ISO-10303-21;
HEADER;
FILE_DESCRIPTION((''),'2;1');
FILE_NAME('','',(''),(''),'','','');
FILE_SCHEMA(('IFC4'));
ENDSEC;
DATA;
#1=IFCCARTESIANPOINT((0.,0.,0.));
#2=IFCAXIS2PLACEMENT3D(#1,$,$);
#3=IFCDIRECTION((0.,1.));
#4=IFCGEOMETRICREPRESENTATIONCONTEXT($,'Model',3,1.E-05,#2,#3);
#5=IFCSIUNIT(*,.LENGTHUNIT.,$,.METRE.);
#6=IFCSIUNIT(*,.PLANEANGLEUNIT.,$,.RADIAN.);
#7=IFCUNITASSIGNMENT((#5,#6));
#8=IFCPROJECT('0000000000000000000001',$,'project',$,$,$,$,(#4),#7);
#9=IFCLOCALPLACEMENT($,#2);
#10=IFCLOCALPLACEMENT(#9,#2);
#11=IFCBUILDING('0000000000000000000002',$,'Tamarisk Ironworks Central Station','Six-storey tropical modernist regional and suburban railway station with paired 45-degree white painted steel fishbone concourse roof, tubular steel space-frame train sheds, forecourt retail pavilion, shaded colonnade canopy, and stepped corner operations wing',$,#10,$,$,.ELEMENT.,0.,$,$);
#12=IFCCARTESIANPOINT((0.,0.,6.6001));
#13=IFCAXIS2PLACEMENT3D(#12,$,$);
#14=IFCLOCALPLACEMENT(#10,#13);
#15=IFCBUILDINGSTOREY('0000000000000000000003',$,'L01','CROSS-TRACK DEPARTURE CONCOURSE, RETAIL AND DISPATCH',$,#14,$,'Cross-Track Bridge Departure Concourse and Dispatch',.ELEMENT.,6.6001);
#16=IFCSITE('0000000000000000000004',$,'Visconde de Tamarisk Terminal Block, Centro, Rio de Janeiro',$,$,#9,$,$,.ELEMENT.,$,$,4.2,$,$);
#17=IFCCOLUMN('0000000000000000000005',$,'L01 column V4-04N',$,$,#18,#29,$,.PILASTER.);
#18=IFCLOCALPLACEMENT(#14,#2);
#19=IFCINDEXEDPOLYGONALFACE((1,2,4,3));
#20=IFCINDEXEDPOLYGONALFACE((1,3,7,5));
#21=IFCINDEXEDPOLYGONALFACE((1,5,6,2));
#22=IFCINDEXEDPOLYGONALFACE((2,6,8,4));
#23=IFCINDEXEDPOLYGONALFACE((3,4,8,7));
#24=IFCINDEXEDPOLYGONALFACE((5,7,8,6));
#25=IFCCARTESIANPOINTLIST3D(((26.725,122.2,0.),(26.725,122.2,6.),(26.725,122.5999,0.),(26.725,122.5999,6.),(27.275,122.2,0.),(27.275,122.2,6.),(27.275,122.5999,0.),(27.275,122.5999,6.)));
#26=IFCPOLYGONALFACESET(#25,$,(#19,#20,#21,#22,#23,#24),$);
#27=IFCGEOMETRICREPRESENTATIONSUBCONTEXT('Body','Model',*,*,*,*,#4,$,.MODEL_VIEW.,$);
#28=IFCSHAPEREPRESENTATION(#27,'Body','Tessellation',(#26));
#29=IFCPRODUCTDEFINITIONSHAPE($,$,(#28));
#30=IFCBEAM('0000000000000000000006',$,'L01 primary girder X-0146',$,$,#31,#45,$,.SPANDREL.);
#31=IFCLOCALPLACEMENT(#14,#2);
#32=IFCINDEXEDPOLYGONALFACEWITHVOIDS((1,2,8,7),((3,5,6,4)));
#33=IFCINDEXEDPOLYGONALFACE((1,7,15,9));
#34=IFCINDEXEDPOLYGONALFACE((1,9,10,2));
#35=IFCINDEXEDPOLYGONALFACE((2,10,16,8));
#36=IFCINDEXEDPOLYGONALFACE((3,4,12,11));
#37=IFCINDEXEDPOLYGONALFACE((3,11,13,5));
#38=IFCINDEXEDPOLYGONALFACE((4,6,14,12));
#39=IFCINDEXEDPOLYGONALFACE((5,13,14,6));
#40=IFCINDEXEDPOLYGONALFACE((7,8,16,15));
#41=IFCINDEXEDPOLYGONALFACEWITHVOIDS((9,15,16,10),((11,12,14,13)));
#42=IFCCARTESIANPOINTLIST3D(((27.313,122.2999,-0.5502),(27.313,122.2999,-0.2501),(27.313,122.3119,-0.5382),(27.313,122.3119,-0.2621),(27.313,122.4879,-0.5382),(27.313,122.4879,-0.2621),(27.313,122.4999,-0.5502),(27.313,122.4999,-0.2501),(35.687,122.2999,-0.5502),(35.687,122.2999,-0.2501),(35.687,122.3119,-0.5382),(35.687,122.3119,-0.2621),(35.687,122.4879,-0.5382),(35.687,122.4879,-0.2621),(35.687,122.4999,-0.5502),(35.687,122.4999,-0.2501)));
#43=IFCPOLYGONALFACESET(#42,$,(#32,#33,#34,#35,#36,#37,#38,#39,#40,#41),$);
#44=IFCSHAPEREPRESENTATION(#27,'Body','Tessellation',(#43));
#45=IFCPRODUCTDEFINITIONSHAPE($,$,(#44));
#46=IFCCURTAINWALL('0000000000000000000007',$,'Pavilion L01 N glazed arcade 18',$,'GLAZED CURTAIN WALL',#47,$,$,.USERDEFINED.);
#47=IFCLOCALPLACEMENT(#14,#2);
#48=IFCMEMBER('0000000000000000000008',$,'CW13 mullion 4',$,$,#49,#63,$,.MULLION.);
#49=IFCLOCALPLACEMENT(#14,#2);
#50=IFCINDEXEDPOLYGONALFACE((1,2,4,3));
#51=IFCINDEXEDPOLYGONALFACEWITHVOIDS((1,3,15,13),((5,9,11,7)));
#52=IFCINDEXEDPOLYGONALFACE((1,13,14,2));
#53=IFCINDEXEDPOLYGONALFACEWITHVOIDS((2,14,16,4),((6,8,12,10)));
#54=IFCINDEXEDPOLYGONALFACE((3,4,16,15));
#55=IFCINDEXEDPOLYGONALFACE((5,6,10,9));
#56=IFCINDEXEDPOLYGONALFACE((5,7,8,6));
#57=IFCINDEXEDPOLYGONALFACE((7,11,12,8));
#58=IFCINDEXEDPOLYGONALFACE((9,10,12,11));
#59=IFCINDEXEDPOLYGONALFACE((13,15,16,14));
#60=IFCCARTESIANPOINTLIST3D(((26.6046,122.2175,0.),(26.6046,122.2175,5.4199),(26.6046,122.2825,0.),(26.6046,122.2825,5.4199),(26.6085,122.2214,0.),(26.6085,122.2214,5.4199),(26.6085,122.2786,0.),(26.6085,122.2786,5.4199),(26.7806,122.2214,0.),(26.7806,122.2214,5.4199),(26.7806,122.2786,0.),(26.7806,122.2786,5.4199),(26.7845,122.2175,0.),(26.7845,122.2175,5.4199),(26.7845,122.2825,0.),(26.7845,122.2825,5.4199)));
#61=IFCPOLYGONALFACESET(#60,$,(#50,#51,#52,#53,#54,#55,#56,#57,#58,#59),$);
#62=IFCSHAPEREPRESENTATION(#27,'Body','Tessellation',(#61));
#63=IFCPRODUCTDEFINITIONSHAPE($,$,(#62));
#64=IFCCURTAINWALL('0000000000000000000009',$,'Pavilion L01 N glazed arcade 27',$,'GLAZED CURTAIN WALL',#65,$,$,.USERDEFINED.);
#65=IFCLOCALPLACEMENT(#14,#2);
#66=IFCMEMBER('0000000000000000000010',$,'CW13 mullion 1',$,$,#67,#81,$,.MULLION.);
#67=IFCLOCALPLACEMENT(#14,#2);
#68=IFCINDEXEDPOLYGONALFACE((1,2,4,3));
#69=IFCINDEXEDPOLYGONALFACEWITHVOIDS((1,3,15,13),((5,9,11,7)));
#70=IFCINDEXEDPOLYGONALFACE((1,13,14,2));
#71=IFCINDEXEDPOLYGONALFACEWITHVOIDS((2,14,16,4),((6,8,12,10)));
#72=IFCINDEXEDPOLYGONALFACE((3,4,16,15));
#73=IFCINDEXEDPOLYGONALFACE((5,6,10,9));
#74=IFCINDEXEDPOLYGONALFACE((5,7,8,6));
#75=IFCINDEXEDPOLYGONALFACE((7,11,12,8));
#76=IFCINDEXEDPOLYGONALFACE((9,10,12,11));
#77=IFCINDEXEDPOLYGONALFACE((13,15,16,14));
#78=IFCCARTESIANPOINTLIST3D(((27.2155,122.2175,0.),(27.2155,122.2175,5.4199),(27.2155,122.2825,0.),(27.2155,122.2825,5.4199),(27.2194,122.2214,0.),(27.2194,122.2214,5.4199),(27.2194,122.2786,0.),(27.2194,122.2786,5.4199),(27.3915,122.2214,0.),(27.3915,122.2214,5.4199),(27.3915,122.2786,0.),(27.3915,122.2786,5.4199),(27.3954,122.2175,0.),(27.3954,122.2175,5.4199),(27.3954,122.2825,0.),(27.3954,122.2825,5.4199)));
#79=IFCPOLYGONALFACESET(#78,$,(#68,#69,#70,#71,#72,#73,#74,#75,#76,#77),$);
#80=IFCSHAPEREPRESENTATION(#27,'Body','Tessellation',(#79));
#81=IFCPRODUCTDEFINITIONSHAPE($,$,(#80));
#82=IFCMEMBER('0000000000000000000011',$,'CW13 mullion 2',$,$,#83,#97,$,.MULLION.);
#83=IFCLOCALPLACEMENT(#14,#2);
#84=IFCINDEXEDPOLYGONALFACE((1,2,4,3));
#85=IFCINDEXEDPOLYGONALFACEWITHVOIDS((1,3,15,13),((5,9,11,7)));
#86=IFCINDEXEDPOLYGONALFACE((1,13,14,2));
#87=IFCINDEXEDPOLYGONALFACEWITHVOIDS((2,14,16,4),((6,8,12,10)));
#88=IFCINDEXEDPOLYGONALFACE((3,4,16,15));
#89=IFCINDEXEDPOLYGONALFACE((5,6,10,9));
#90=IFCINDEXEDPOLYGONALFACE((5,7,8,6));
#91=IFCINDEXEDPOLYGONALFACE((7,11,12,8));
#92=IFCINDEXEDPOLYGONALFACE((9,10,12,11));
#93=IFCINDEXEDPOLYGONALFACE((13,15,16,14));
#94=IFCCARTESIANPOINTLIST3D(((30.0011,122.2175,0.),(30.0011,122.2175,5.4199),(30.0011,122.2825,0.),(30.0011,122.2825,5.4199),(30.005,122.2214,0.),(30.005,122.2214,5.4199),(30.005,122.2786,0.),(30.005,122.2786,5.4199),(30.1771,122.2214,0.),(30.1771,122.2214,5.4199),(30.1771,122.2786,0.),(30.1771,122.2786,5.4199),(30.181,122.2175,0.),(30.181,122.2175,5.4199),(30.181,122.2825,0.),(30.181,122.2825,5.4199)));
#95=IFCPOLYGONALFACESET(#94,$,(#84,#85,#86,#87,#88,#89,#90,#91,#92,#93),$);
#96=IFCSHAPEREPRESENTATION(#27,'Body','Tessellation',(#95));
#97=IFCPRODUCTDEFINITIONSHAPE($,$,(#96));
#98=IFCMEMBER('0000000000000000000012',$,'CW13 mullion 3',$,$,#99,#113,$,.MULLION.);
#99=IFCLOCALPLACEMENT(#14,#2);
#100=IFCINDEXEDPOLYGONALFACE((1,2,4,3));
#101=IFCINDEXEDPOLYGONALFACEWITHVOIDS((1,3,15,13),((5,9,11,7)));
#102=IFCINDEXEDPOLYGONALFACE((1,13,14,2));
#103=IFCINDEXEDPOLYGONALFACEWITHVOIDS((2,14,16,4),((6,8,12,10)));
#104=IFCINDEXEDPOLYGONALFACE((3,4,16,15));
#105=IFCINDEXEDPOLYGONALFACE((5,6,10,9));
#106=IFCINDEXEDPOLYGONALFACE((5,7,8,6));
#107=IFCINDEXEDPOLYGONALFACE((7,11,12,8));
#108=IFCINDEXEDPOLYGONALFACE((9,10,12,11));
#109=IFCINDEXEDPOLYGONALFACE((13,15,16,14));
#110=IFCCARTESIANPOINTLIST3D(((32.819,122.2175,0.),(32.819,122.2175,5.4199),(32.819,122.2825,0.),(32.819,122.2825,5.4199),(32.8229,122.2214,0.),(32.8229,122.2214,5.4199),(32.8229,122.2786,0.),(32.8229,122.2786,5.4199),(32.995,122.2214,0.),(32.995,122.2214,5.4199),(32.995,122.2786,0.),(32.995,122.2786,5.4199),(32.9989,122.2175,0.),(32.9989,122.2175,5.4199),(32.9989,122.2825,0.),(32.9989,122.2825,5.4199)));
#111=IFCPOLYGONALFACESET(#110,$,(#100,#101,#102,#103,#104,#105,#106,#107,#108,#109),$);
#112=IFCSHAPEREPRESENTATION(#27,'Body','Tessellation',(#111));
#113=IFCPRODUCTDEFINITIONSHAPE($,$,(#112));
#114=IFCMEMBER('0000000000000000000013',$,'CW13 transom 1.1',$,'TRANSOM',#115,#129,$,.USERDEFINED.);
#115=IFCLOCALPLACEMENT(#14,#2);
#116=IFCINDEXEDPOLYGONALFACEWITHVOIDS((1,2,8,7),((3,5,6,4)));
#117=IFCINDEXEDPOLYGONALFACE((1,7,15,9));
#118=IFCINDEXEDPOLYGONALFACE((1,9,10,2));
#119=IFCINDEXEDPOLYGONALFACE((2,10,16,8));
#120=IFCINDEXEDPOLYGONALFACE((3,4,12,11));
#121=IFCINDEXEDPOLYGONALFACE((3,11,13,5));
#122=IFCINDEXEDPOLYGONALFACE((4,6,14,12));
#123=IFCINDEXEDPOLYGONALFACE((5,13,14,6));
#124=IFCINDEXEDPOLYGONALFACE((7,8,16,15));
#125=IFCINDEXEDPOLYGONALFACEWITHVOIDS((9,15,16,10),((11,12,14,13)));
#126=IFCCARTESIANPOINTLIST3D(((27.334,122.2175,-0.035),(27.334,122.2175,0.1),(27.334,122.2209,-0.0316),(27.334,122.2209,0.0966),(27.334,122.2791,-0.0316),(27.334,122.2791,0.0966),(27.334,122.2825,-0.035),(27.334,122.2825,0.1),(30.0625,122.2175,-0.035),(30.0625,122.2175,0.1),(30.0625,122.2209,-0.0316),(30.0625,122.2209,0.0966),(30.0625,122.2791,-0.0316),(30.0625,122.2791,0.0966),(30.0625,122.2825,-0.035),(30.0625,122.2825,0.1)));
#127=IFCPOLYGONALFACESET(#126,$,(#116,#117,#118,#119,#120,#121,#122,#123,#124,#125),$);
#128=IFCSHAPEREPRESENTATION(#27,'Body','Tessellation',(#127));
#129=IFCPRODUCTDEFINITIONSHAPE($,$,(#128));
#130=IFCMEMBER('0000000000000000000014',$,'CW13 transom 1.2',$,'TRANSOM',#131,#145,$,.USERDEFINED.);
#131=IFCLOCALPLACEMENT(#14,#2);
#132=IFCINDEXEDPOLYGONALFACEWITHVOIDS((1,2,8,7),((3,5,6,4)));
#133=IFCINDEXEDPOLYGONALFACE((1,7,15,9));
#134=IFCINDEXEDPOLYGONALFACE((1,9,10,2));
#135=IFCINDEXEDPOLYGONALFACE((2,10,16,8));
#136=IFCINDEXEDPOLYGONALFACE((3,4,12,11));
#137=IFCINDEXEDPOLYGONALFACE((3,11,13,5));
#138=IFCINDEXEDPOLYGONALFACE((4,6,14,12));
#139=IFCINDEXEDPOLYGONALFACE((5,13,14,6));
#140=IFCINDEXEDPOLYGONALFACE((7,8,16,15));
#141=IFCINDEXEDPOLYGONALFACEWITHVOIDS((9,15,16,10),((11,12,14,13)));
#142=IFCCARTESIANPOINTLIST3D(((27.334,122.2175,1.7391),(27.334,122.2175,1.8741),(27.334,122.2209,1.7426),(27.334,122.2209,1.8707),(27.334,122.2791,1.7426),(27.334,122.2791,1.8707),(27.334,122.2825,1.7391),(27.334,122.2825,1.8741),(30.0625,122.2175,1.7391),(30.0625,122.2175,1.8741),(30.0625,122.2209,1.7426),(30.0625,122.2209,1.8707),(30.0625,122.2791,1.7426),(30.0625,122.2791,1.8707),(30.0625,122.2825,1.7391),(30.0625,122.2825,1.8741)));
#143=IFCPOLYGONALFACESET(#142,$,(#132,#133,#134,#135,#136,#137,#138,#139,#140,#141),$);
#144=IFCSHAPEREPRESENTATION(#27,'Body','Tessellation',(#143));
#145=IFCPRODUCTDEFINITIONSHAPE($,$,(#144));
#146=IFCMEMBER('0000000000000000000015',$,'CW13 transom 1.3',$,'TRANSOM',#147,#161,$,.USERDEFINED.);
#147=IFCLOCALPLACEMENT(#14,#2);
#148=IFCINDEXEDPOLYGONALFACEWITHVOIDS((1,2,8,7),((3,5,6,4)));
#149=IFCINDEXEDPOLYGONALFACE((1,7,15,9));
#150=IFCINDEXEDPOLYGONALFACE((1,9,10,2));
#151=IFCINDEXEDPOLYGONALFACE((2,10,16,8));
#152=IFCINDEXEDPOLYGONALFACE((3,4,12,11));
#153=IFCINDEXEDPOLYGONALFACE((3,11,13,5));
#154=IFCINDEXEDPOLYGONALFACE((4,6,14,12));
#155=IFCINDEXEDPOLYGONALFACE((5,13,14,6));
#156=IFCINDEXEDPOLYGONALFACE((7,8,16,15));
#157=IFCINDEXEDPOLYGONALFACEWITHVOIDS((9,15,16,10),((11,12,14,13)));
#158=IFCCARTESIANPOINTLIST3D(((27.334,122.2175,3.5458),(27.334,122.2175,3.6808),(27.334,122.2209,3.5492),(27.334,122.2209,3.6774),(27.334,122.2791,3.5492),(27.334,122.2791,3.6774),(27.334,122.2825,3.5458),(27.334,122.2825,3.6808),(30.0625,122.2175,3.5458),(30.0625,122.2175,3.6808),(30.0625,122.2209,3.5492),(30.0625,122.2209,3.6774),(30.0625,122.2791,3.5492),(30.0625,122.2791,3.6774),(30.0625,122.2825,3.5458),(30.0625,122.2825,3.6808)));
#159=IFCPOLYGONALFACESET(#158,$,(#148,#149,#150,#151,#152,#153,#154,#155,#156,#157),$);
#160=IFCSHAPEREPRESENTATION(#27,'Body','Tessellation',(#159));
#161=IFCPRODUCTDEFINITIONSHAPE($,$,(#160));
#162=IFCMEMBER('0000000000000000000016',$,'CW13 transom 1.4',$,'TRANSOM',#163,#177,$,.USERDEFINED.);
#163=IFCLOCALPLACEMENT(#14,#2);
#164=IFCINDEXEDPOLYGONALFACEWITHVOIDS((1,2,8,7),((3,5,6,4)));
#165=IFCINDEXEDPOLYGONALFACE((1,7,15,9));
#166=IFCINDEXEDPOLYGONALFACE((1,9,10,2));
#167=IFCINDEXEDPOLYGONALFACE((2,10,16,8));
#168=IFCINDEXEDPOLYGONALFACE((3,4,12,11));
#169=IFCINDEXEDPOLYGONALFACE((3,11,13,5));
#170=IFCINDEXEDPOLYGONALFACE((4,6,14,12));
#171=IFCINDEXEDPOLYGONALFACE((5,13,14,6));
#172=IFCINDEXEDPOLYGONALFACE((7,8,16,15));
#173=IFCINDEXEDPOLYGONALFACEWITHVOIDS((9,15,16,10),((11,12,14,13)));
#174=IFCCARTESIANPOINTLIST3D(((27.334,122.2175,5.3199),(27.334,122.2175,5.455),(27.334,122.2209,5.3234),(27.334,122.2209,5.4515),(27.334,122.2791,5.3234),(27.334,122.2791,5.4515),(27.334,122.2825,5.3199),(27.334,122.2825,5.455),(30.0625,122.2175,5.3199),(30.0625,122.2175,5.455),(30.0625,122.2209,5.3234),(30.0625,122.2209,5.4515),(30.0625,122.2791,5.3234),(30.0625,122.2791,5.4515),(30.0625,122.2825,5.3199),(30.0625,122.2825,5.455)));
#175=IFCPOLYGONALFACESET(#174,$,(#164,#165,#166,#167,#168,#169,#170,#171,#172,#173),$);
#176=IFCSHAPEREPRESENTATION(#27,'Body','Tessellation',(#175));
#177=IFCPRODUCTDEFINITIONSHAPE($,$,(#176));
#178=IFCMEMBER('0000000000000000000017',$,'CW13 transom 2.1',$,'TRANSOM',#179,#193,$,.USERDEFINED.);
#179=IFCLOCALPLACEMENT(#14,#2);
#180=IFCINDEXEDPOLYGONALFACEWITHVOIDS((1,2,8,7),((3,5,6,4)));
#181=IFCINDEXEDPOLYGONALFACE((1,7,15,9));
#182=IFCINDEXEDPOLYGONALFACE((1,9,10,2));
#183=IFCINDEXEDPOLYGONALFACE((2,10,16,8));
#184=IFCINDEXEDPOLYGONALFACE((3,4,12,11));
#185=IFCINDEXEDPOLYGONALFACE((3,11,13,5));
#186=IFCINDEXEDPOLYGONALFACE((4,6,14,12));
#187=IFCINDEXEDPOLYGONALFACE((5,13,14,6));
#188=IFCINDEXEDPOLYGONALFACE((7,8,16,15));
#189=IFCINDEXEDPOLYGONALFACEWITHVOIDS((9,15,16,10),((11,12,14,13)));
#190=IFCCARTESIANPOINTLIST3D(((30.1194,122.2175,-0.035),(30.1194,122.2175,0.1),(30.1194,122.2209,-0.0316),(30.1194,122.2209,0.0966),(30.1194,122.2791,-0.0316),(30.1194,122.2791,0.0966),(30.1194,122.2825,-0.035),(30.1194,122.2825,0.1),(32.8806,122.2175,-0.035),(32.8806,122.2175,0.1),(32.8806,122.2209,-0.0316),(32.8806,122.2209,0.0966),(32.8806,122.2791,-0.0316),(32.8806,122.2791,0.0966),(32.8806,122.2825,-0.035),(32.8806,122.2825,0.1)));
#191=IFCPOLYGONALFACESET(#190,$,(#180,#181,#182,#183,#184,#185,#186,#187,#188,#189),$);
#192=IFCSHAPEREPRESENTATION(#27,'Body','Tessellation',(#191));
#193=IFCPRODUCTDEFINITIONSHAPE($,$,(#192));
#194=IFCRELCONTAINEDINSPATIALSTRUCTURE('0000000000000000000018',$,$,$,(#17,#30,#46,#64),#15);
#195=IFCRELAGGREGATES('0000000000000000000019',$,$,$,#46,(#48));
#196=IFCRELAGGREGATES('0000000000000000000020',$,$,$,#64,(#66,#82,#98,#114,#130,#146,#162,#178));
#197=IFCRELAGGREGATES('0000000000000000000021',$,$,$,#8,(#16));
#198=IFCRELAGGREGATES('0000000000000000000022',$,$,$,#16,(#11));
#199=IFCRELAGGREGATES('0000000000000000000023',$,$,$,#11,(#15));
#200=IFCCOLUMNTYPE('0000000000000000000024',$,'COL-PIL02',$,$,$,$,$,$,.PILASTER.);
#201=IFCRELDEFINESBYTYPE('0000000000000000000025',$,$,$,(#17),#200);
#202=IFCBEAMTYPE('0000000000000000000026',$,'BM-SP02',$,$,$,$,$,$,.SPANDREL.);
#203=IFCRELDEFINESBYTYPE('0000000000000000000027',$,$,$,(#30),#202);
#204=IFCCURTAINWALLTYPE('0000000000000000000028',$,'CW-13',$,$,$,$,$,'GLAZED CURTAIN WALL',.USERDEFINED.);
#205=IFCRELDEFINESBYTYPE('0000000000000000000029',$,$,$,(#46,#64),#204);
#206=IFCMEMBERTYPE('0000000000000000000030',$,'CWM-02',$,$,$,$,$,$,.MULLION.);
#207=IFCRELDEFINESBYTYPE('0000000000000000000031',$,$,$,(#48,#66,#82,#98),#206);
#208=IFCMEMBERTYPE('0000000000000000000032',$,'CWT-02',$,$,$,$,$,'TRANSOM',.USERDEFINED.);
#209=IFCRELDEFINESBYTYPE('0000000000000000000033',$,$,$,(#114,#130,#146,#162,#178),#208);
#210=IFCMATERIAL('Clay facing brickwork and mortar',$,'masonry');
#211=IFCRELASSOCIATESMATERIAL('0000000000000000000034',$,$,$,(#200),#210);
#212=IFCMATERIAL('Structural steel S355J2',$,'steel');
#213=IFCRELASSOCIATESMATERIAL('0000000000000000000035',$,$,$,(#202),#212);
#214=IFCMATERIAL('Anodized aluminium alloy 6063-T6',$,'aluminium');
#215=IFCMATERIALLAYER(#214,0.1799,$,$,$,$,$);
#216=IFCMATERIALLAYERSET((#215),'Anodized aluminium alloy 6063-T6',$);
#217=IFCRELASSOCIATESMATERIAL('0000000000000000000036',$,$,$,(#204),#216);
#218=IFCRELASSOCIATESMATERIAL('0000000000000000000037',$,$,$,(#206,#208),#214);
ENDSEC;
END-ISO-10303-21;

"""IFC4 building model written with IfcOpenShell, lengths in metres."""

from ifc_helpers import new_model, si_unit, direction, frame, origin, origin_2d, place, context, subcontext, project, spatial, rectangle, hollow_rectangle, extrude, material, layer, layer_set, material_profile, profile_set, type_object, element, aggregate, save


model = new_model("IFC4")

# Units and contexts
model_context = context("Model", 3, precision=1e-05, world=origin(), true_north=direction((0.0, 1.0)))
body_context = subcontext(model_context, "Body", "Model", "MODEL_VIEW")
ifc_project = project(units=[si_unit("LENGTHUNIT", "METRE"), si_unit("PLANEANGLEUNIT", "RADIAN")], contexts=[model_context])

# Site, building, storey
site_placement = place(None, origin())
site = spatial("IfcSite", under=ifc_project, at=site_placement, Name="Visconde de Tamarisk Terminal Block, Centro, Rio de Janeiro", CompositionType="ELEMENT", RefElevation=4.2)
building_placement = place(site_placement, origin())
building = spatial("IfcBuilding", under=site, at=building_placement, Name="Tamarisk Ironworks Central Station", Description="Six-storey tropical modernist regional and suburban railway station with paired 45-degree white painted steel fishbone concourse roof, tubular steel space-frame train sheds, forecourt retail pavilion, shaded colonnade canopy, and stepped corner operations wing", CompositionType="ELEMENT", ElevationOfRefHeight=0.0)
storey_placement = place(building_placement, frame((0.0, 0.0, 6.6001)))
storey = spatial("IfcBuildingStorey", under=building, at=storey_placement, Name="L01", Description="CROSS-TRACK DEPARTURE CONCOURSE, RETAIL AND DISPATCH", LongName="Cross-Track Bridge Departure Concourse and Dispatch", CompositionType="ELEMENT", Elevation=6.6001)

# Column
ifc_material_1 = material(Name="Clay facing brickwork and mortar", Category="masonry")
ifc_material_profile_1 = material_profile(ifc_material_1, rectangle(XDim=0.55, YDim=0.3999, at=origin_2d()), Name="PIL 550x400")
ifc_profile_set_1 = profile_set([ifc_material_profile_1], Name="Clay facing brickwork and mortar")
column_type = type_object("IfcColumnType", Name="COL-PIL02", PredefinedType="PILASTER", material=ifc_profile_set_1)
column_placement = place(storey_placement, frame((27.0, 122.3999, 0.0), z_axis=(0.0, 0.0, 1.0), x_axis=(1.0, 0.0, 0.0)))
element("IfcColumn", 1, at=column_placement, inside=storey, type_object=column_type, Name="L01 column V4-04N", PredefinedType="PILASTER", context=body_context, shape_type="SweptSolid", body=[
    extrude(rectangle(XDim=0.55, YDim=0.3999, at=origin_2d()), origin(), (0.0, 0.0, 1.0), 6.0),
])

# Beam
ifc_material_2 = material(Name="Structural steel S355J2", Category="steel")
ifc_material_profile_2 = material_profile(ifc_material_2, hollow_rectangle(XDim=0.2, YDim=0.3, WallThickness=0.012, at=origin_2d()), Name="RHS 300x200x12")
ifc_profile_set_2 = profile_set([ifc_material_profile_2], Name="Structural steel S355J2")
beam_type = type_object("IfcBeamType", Name="BM-SP02", PredefinedType="SPANDREL", material=ifc_profile_set_2)
beam_placement = place(storey_placement, frame((27.313, 122.3999, -0.4001), z_axis=(1.0, 0.0, 0.0), x_axis=(0.0, 1.0, 0.0)))
element("IfcBeam", 2, at=beam_placement, inside=storey, type_object=beam_type, Name="L01 primary girder X-0146", PredefinedType="SPANDREL", context=body_context, shape_type="SweptSolid", body=[
    extrude(hollow_rectangle(XDim=0.2, YDim=0.3, WallThickness=0.012, at=origin_2d()), origin(), (0.0, 0.0, 1.0), 8.374),
])

# Curtain wall, member
ifc_material_3 = material(Name="Anodized aluminium alloy 6063-T6", Category="aluminium")
ifc_layer_1 = layer(ifc_material_3, 0.1799)
ifc_layer_set_1 = layer_set([ifc_layer_1], Name="Anodized aluminium alloy 6063-T6")
curtain_wall_type = type_object("IfcCurtainWallType", Name="CW-13", ElementType="GLAZED CURTAIN WALL", PredefinedType="USERDEFINED", material=ifc_layer_set_1)
curtain_wall_1_placement = place(storey_placement, origin())
curtain_wall_1 = element("IfcCurtainWall", 3, at=curtain_wall_1_placement, inside=storey, type_object=curtain_wall_type, Name="Pavilion L01 N glazed arcade 18", ObjectType="GLAZED CURTAIN WALL", PredefinedType="USERDEFINED")
ifc_material_profile_3 = material_profile(ifc_material_3, hollow_rectangle(XDim=0.0649, YDim=0.1799, WallThickness=0.0039, at=origin_2d()), Name="ALUM 180x65")
ifc_profile_set_3 = profile_set([ifc_material_profile_3], Name="Anodized aluminium alloy 6063-T6")
member_type_1 = type_object("IfcMemberType", Name="CWM-02", PredefinedType="MULLION", material=ifc_profile_set_3)
member_1_placement = place(storey_placement, frame((26.6946, 122.25, 0.0), z_axis=(0.0, 0.0, 1.0), x_axis=(0.0, 1.0, 0.0)))
member_1 = element("IfcMember", 4, at=member_1_placement, type_object=member_type_1, Name="CW13 mullion 4", PredefinedType="MULLION", context=body_context, shape_type="SweptSolid", body=[
    extrude(hollow_rectangle(XDim=0.0649, YDim=0.1799, WallThickness=0.0039, at=origin_2d()), origin(), (0.0, 0.0, 1.0), 5.4199),
])
aggregate(curtain_wall_1, [member_1])

# Curtain wall, members
curtain_wall_2_placement = place(storey_placement, origin())
curtain_wall_2 = element("IfcCurtainWall", 5, at=curtain_wall_2_placement, inside=storey, type_object=curtain_wall_type, Name="Pavilion L01 N glazed arcade 27", ObjectType="GLAZED CURTAIN WALL", PredefinedType="USERDEFINED")
member_2_placement = place(storey_placement, frame((27.3054, 122.25, 0.0), z_axis=(0.0, 0.0, 1.0), x_axis=(0.0, 1.0, 0.0)))
member_2 = element("IfcMember", 6, at=member_2_placement, type_object=member_type_1, Name="CW13 mullion 1", PredefinedType="MULLION", context=body_context, shape_type="SweptSolid", body=[
    extrude(hollow_rectangle(XDim=0.0649, YDim=0.1799, WallThickness=0.0039, at=origin_2d()), origin(), (0.0, 0.0, 1.0), 5.4199),
])
member_3_placement = place(storey_placement, frame((30.0911, 122.25, 0.0), z_axis=(0.0, 0.0, 1.0), x_axis=(0.0, 1.0, 0.0)))
member_3 = element("IfcMember", 7, at=member_3_placement, type_object=member_type_1, Name="CW13 mullion 2", PredefinedType="MULLION", context=body_context, shape_type="SweptSolid", body=[
    extrude(hollow_rectangle(XDim=0.0649, YDim=0.1799, WallThickness=0.0039, at=origin_2d()), origin(), (0.0, 0.0, 1.0), 5.4199),
])
member_4_placement = place(storey_placement, frame((32.9089, 122.25, 0.0), z_axis=(0.0, 0.0, 1.0), x_axis=(0.0, 1.0, 0.0)))
member_4 = element("IfcMember", 8, at=member_4_placement, type_object=member_type_1, Name="CW13 mullion 3", PredefinedType="MULLION", context=body_context, shape_type="SweptSolid", body=[
    extrude(hollow_rectangle(XDim=0.0649, YDim=0.1799, WallThickness=0.0039, at=origin_2d()), origin(), (0.0, 0.0, 1.0), 5.4199),
])
ifc_material_profile_4 = material_profile(ifc_material_3, hollow_rectangle(XDim=0.0649, YDim=0.135, WallThickness=0.0034, at=origin_2d()), Name="ALUM 135x65")
ifc_profile_set_4 = profile_set([ifc_material_profile_4], Name="Anodized aluminium alloy 6063-T6")
member_type_2 = type_object("IfcMemberType", Name="CWT-02", ElementType="TRANSOM", PredefinedType="USERDEFINED", material=ifc_profile_set_4)
member_5_placement = place(storey_placement, frame((27.334, 122.25, 0.0325), z_axis=(1.0, 0.0, 0.0), x_axis=(0.0, 1.0, 0.0)))
member_5 = element("IfcMember", 9, at=member_5_placement, type_object=member_type_2, Name="CW13 transom 1.1", ObjectType="TRANSOM", PredefinedType="USERDEFINED", context=body_context, shape_type="SweptSolid", body=[
    extrude(hollow_rectangle(XDim=0.0649, YDim=0.135, WallThickness=0.0034, at=origin_2d()), origin(), (0.0, 0.0, 1.0), 2.7285),
])
member_6_placement = place(storey_placement, frame((27.334, 122.25, 1.8066), z_axis=(1.0, 0.0, 0.0), x_axis=(0.0, 1.0, 0.0)))
member_6 = element("IfcMember", 10, at=member_6_placement, type_object=member_type_2, Name="CW13 transom 1.2", ObjectType="TRANSOM", PredefinedType="USERDEFINED", context=body_context, shape_type="SweptSolid", body=[
    extrude(hollow_rectangle(XDim=0.0649, YDim=0.135, WallThickness=0.0034, at=origin_2d()), origin(), (0.0, 0.0, 1.0), 2.7285),
])
member_7_placement = place(storey_placement, frame((27.334, 122.25, 3.6133), z_axis=(1.0, 0.0, 0.0), x_axis=(0.0, 1.0, 0.0)))
member_7 = element("IfcMember", 11, at=member_7_placement, type_object=member_type_2, Name="CW13 transom 1.3", ObjectType="TRANSOM", PredefinedType="USERDEFINED", context=body_context, shape_type="SweptSolid", body=[
    extrude(hollow_rectangle(XDim=0.0649, YDim=0.135, WallThickness=0.0034, at=origin_2d()), origin(), (0.0, 0.0, 1.0), 2.7285),
])
member_8_placement = place(storey_placement, frame((27.334, 122.25, 5.3875), z_axis=(1.0, 0.0, 0.0), x_axis=(0.0, 1.0, 0.0)))
member_8 = element("IfcMember", 12, at=member_8_placement, type_object=member_type_2, Name="CW13 transom 1.4", ObjectType="TRANSOM", PredefinedType="USERDEFINED", context=body_context, shape_type="SweptSolid", body=[
    extrude(hollow_rectangle(XDim=0.0649, YDim=0.135, WallThickness=0.0034, at=origin_2d()), origin(), (0.0, 0.0, 1.0), 2.7285),
])
member_9_placement = place(storey_placement, frame((30.1194, 122.25, 0.0325), z_axis=(1.0, 0.0, 0.0), x_axis=(0.0, 1.0, 0.0)))
member_9 = element("IfcMember", 13, at=member_9_placement, type_object=member_type_2, Name="CW13 transom 2.1", ObjectType="TRANSOM", PredefinedType="USERDEFINED", context=body_context, shape_type="SweptSolid", body=[
    extrude(hollow_rectangle(XDim=0.0649, YDim=0.135, WallThickness=0.0034, at=origin_2d()), origin(), (0.0, 0.0, 1.0), 2.7612),
])
aggregate(curtain_wall_2, [member_2, member_3, member_4, member_5, member_6, member_7, member_8, member_9])

save(model, "model.ifc")
